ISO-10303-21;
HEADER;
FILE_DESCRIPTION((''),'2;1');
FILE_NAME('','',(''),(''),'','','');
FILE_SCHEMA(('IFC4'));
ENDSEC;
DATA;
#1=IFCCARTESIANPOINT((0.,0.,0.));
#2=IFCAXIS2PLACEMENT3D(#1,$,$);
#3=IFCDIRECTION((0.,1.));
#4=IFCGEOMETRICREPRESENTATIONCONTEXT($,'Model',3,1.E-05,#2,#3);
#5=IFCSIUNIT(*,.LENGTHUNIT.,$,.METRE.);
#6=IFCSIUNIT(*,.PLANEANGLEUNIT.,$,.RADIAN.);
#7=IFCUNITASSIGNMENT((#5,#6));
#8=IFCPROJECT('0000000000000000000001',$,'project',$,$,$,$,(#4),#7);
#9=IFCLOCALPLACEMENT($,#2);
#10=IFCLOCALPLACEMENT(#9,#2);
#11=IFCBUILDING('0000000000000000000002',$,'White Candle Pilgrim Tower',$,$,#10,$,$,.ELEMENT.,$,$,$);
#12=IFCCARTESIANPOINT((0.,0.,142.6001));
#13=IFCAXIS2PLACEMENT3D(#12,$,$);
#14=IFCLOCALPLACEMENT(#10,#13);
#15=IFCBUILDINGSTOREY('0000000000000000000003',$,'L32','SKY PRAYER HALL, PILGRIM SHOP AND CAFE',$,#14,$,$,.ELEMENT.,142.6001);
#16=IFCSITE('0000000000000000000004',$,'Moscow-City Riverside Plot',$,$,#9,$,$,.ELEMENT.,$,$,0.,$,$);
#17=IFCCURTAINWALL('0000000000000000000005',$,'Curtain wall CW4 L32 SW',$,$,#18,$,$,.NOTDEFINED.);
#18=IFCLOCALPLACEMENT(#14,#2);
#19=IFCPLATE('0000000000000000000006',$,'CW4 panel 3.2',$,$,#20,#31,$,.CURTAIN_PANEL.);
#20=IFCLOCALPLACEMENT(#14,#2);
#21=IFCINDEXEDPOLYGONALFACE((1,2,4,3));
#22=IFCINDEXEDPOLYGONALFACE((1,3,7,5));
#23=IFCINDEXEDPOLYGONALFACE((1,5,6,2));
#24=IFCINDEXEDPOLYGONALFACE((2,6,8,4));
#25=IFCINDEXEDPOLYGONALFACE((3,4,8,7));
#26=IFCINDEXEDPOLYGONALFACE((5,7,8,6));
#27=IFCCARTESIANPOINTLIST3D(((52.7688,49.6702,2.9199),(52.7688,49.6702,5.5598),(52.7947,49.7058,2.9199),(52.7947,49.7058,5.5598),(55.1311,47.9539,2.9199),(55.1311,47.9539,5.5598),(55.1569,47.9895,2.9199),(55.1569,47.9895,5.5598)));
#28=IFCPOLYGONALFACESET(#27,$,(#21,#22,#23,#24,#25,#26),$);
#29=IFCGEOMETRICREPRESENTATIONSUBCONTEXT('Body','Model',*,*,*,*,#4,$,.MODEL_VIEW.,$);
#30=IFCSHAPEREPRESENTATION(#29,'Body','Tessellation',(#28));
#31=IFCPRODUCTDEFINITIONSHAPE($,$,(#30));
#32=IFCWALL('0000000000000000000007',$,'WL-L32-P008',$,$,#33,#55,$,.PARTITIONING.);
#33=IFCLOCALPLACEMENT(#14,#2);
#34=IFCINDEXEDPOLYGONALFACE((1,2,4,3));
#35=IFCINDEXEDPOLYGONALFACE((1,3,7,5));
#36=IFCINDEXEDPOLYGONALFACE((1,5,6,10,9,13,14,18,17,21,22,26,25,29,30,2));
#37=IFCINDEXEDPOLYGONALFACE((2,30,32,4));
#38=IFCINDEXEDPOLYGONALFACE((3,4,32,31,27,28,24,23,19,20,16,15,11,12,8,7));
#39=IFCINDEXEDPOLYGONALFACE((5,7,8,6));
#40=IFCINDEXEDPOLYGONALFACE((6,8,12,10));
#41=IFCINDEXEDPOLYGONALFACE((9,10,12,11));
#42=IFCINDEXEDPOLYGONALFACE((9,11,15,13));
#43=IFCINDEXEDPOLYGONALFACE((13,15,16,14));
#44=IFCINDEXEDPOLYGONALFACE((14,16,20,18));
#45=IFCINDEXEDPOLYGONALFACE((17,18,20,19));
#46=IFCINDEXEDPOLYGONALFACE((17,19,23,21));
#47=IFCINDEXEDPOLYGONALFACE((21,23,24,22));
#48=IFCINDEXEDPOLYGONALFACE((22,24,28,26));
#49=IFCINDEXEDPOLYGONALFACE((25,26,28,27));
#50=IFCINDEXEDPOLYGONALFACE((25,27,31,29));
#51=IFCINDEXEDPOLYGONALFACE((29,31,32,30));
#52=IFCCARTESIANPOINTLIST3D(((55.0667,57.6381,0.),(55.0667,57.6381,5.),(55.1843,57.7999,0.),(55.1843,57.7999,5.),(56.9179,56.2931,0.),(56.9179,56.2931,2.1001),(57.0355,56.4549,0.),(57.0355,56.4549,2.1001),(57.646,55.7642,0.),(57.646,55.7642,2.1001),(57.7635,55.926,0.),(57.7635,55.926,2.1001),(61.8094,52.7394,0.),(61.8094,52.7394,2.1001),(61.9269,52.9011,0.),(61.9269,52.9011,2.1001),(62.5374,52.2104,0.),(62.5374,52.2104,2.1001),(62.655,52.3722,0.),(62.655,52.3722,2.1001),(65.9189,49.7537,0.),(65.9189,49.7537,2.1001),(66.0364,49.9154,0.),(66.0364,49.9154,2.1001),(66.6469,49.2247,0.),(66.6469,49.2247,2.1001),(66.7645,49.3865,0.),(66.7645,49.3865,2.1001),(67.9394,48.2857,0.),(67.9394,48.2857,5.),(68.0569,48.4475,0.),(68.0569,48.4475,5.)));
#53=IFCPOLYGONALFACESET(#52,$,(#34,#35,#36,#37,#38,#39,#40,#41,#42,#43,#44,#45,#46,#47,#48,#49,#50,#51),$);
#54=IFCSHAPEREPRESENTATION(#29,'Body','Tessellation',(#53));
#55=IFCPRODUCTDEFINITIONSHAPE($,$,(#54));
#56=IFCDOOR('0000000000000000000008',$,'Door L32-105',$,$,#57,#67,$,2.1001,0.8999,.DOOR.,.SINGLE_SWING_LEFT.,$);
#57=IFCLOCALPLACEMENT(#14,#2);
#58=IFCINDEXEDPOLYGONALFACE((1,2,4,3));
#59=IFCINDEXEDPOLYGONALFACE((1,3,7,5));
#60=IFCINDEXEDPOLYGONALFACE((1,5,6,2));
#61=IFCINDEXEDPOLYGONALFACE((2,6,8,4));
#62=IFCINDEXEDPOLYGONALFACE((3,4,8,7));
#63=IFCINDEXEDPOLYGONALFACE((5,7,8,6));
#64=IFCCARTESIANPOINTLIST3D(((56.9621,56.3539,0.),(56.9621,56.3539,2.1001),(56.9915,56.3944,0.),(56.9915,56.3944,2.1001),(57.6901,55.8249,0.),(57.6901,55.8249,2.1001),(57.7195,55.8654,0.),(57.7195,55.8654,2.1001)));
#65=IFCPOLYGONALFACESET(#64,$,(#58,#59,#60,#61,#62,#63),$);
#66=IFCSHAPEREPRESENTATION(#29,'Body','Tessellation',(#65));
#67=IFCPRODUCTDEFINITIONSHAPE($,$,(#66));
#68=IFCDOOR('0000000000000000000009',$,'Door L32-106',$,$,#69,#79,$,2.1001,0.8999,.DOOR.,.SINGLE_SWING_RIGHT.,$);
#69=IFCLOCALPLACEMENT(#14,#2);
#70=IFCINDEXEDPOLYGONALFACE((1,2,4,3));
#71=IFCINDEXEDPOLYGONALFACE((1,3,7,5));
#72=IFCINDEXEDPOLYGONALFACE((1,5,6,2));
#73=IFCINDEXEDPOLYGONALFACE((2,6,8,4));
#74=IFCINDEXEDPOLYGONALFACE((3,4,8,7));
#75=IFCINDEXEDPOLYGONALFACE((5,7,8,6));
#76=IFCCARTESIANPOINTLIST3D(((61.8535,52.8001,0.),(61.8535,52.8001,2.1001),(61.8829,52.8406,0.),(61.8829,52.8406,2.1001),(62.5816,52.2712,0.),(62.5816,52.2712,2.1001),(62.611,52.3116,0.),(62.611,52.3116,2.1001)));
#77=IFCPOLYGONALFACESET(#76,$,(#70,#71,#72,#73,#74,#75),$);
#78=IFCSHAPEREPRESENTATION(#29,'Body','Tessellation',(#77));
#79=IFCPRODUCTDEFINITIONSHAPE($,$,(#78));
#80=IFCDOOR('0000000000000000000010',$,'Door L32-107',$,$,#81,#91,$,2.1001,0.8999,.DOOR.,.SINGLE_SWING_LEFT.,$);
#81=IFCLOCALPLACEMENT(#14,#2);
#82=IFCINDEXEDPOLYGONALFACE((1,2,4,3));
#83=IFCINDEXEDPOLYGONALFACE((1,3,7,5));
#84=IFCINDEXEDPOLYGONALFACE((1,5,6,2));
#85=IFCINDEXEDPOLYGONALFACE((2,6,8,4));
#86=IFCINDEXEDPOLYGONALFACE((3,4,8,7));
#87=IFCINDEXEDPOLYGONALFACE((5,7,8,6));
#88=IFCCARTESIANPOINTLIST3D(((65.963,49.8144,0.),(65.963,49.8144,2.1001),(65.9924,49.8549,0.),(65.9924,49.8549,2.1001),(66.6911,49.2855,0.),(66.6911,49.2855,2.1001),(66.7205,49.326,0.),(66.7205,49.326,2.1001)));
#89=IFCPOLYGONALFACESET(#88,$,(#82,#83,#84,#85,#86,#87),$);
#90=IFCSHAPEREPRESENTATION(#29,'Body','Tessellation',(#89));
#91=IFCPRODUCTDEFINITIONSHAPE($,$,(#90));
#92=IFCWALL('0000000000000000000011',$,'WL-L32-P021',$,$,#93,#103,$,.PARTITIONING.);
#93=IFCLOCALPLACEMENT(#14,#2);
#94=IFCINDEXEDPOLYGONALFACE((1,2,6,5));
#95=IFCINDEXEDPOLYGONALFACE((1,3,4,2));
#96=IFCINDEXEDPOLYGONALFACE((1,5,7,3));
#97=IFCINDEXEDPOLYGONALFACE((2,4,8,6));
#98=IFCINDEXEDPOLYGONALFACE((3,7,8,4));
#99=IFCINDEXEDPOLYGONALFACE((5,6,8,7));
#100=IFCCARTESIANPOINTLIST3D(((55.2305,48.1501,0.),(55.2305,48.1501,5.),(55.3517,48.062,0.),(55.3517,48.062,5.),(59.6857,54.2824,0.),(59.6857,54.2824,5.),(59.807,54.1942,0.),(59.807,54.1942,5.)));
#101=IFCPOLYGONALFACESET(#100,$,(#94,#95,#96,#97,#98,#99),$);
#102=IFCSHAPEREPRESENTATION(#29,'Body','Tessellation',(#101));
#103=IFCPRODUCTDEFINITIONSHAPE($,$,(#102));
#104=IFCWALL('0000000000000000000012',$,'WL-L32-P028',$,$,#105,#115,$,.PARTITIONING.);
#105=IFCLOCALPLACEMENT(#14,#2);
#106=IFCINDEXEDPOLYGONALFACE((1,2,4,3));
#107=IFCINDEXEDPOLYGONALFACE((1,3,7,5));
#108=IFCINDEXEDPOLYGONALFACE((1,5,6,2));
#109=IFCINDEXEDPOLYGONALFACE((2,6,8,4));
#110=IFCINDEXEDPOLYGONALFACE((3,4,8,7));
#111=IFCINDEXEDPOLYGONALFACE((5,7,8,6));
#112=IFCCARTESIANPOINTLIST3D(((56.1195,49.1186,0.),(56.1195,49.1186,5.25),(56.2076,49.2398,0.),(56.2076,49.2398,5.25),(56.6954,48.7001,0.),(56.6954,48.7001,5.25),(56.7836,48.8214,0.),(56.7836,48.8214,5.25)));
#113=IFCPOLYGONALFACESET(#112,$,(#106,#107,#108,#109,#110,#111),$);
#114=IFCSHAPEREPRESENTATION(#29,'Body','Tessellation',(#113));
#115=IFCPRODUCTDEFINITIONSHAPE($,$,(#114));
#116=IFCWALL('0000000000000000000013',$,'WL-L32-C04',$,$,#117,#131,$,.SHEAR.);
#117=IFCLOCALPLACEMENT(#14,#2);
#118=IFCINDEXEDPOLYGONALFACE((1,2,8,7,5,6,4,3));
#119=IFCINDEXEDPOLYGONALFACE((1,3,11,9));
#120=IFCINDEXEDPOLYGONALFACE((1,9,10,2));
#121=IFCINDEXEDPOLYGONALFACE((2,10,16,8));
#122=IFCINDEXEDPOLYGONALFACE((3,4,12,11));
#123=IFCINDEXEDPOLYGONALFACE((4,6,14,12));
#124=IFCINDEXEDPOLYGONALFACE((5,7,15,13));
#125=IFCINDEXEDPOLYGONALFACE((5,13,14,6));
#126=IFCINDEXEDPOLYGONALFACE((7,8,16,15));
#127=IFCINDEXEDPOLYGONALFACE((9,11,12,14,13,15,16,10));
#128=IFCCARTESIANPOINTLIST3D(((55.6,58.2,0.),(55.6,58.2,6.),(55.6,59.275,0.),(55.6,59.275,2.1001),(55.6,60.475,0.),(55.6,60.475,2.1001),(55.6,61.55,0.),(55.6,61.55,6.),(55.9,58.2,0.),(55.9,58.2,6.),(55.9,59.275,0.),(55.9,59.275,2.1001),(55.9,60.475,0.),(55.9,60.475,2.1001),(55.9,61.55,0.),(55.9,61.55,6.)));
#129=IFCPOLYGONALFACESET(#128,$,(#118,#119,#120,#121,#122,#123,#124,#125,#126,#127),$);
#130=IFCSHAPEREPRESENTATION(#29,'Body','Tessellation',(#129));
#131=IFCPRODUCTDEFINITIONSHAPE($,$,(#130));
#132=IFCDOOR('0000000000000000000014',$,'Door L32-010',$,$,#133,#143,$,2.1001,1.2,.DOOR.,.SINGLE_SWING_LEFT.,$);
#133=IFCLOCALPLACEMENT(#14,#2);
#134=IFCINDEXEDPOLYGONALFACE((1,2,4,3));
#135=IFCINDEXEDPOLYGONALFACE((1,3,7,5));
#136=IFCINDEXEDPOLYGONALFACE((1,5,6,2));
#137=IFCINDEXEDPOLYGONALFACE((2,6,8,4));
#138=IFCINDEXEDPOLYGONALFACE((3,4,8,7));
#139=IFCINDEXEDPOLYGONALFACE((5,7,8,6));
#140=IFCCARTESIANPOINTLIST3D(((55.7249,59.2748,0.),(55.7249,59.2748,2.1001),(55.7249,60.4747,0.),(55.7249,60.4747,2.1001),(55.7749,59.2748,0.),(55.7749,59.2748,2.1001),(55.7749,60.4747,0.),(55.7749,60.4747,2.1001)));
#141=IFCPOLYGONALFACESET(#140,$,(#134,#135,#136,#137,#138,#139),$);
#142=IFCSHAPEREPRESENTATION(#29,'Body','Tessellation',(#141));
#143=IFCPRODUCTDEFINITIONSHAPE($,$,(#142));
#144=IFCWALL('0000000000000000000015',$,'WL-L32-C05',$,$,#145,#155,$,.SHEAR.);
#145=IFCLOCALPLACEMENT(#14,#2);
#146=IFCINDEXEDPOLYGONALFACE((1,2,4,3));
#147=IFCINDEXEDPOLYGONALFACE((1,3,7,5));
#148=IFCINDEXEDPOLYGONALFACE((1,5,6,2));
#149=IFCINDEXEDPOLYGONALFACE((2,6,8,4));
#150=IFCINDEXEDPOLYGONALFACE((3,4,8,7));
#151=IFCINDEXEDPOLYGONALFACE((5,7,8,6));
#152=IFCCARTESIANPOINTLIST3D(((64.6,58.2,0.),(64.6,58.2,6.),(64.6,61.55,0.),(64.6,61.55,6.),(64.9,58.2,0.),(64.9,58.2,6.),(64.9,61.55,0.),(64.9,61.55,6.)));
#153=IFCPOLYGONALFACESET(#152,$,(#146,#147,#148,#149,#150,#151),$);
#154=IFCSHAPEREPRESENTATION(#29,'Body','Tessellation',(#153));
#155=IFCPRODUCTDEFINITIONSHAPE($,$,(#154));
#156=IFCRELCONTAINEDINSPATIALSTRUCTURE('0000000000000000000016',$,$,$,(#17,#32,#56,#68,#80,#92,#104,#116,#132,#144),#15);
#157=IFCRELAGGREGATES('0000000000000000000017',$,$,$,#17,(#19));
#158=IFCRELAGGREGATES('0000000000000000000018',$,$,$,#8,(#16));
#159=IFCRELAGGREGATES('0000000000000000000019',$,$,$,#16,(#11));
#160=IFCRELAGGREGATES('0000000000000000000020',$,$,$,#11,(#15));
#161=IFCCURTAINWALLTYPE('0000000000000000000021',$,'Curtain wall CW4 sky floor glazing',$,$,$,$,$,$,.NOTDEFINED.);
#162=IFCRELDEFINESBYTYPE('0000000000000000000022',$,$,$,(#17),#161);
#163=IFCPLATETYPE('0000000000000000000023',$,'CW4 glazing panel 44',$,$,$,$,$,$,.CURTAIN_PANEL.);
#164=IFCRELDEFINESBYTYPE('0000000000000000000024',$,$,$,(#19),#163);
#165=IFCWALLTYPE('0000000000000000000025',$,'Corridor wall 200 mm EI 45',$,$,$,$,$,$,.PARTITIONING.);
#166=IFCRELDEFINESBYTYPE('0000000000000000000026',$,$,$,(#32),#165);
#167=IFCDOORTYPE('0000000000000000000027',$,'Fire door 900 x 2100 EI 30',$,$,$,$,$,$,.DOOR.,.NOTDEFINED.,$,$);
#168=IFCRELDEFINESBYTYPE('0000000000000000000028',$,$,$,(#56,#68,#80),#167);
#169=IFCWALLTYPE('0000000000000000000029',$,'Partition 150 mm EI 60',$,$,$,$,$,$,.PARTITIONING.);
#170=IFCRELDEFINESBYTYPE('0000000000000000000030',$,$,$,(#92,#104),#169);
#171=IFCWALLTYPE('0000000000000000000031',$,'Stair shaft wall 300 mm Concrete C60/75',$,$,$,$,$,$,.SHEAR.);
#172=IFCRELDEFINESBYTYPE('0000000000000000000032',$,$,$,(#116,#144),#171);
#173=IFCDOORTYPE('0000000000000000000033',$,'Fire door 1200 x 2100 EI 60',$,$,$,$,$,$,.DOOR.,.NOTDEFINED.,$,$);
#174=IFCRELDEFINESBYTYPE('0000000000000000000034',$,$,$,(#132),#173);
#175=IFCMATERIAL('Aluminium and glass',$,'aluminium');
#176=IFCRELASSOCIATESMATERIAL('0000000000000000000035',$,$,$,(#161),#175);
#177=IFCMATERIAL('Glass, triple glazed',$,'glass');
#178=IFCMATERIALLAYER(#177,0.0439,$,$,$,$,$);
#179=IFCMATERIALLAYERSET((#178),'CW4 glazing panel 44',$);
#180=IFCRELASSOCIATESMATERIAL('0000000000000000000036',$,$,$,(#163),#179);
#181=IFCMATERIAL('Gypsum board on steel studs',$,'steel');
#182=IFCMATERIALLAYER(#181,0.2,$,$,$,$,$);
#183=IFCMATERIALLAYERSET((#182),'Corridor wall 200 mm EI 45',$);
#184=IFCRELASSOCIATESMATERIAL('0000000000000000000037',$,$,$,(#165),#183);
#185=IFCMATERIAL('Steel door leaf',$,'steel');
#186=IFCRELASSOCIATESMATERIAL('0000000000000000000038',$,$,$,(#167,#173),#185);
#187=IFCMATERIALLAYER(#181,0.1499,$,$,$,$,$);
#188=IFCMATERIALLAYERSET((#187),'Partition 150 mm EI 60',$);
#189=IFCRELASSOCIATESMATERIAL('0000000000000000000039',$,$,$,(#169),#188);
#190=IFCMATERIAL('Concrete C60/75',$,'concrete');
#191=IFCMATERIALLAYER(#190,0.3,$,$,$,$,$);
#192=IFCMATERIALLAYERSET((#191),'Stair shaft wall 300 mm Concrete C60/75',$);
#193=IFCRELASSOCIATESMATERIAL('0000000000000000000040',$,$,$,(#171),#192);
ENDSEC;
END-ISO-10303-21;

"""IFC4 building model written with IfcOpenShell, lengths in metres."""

from ifc_helpers import new_model, si_unit, direction, frame, frame_2d, origin, origin_2d, place, context, subcontext, project, spatial, rectangle, extrude, material, layer, layer_set, type_object, element, fill, aggregate, save


model = new_model("IFC4")

# Units and contexts
model_context = context("Model", 3, precision=1e-05, world=origin(), true_north=direction((0.0, 1.0)))
body_context = subcontext(model_context, "Body", "Model", "MODEL_VIEW")
ifc_project = project(units=[si_unit("LENGTHUNIT", "METRE"), si_unit("PLANEANGLEUNIT", "RADIAN")], contexts=[model_context])

# Site, building, storey
site_placement = place(None, origin())
site = spatial("IfcSite", under=ifc_project, at=site_placement, Name="Moscow-City Riverside Plot", CompositionType="ELEMENT", RefElevation=0.0)
building_placement = place(site_placement, origin())
building = spatial("IfcBuilding", under=site, at=building_placement, Name="White Candle Pilgrim Tower", CompositionType="ELEMENT")
storey_placement = place(building_placement, frame((0.0, 0.0, 142.6001)))
storey = spatial("IfcBuildingStorey", under=building, at=storey_placement, Name="L32", Description="SKY PRAYER HALL, PILGRIM SHOP AND CAFE", CompositionType="ELEMENT", Elevation=142.6001)

# Curtain wall
ifc_material_1 = material(Name="Aluminium and glass", Category="aluminium")
curtain_wall_type = type_object("IfcCurtainWallType", Name="Curtain wall CW4 sky floor glazing", PredefinedType="NOTDEFINED", material=ifc_material_1)
curtain_wall_placement = place(storey_placement, origin())
curtain_wall = element("IfcCurtainWall", 1, at=curtain_wall_placement, inside=storey, type_object=curtain_wall_type, Name="Curtain wall CW4 L32 SW", PredefinedType="NOTDEFINED")

# Plate
ifc_material_2 = material(Name="Glass, triple glazed", Category="glass")
ifc_layer_1 = layer(ifc_material_2, 0.0439)
ifc_layer_set_1 = layer_set([ifc_layer_1], Name="CW4 glazing panel 44")
plate_type = type_object("IfcPlateType", Name="CW4 glazing panel 44", PredefinedType="CURTAIN_PANEL", material=ifc_layer_set_1)
plate_placement = place(storey_placement, frame((53.9629, 48.8298, 2.9199), z_axis=(0.0, 0.0, 1.0), x_axis=(0.809017, -0.587785, 0.0)))
plate = element("IfcPlate", 2, at=plate_placement, type_object=plate_type, Name="CW4 panel 3.2", PredefinedType="CURTAIN_PANEL", context=body_context, shape_type="SweptSolid", body=[
    extrude(rectangle(XDim=2.9199, YDim=0.0439, at=origin_2d()), origin(), (0.0, 0.0, 1.0), 2.6399),
])
aggregate(curtain_wall, [plate])

# Wall, openings, doors
ifc_material_3 = material(Name="Gypsum board on steel studs", Category="steel")
ifc_layer_2 = layer(ifc_material_3, 0.2)
ifc_layer_set_2 = layer_set([ifc_layer_2], Name="Corridor wall 200 mm EI 45")
wall_type_1 = type_object("IfcWallType", Name="Corridor wall 200 mm EI 45", PredefinedType="PARTITIONING", material=ifc_layer_set_2)
wall_1_placement = place(storey_placement, frame((67.998, 48.3667, 0.0), z_axis=(0.0, 0.0, 1.0), x_axis=(-0.809022, 0.587778, 0.0)))
wall_1 = element("IfcWall", 3, at=wall_1_placement, inside=storey, type_object=wall_type_1, Name="WL-L32-P008", PredefinedType="PARTITIONING", context=body_context, shape_type="SweptSolid", body=[
    extrude(rectangle(XDim=15.9114, YDim=0.2, at=frame_2d((7.9556, 0.0))), origin(), (0.0, 0.0, 1.0), 5.0),
])
opening_1_placement = place(wall_1_placement, frame((12.7231, 0.0, 0.0)))
opening_1 = element("IfcOpeningElement", 4, at=opening_1_placement, cuts=wall_1, PredefinedType="OPENING", context=body_context, shape_type="SweptSolid", body=[
    extrude(rectangle(XDim=0.8999, YDim=2.1001, at=frame_2d((0.45, 1.05))), frame((0.0, 0.1099, 0.0), z_axis=(0.0, -1.0, 0.0), x_axis=(1.0, 0.0, 0.0)), (0.0, 0.0, 1.0), 0.22),
])
opening_2_placement = place(wall_1_placement, frame((6.677, 0.0, 0.0)))
opening_2 = element("IfcOpeningElement", 5, at=opening_2_placement, cuts=wall_1, PredefinedType="OPENING", context=body_context, shape_type="SweptSolid", body=[
    extrude(rectangle(XDim=0.8999, YDim=2.1001, at=frame_2d((0.45, 1.05))), frame((0.0, 0.1099, 0.0), z_axis=(0.0, -1.0, 0.0), x_axis=(1.0, 0.0, 0.0)), (0.0, 0.0, 1.0), 0.22),
])
opening_3_placement = place(wall_1_placement, frame((1.5974, 0.0, 0.0)))
opening_3 = element("IfcOpeningElement", 6, at=opening_3_placement, cuts=wall_1, PredefinedType="OPENING", context=body_context, shape_type="SweptSolid", body=[
    extrude(rectangle(XDim=0.8999, YDim=2.1001, at=frame_2d((0.45, 1.05))), frame((0.0, 0.1099, 0.0), z_axis=(0.0, -1.0, 0.0), x_axis=(1.0, 0.0, 0.0)), (0.0, 0.0, 1.0), 0.22),
])
ifc_material_4 = material(Name="Steel door leaf", Category="steel")
door_type_1 = type_object("IfcDoorType", Name="Fire door 900 x 2100 EI 30", OperationType="NOTDEFINED", PredefinedType="DOOR", material=ifc_material_4)
door_1_placement = place(opening_1_placement, origin())
door_1 = element("IfcDoor", 7, at=door_1_placement, inside=storey, type_object=door_type_1, Name="Door L32-105", OperationType="SINGLE_SWING_LEFT", OverallHeight=2.1001, OverallWidth=0.8999, PredefinedType="DOOR", context=body_context, shape_type="SweptSolid", body=[
    extrude(rectangle(XDim=0.8999, YDim=2.1001, at=frame_2d((0.45, 1.05))), frame((0.0, 0.0249, 0.0), z_axis=(0.0, -1.0, 0.0), x_axis=(1.0, 0.0, 0.0)), (0.0, 0.0, 1.0), 0.05),
])
fill(opening_1, door_1)
door_2_placement = place(opening_2_placement, origin())
door_2 = element("IfcDoor", 8, at=door_2_placement, inside=storey, type_object=door_type_1, Name="Door L32-106", OperationType="SINGLE_SWING_RIGHT", OverallHeight=2.1001, OverallWidth=0.8999, PredefinedType="DOOR", context=body_context, shape_type="SweptSolid", body=[
    extrude(rectangle(XDim=0.8999, YDim=2.1001, at=frame_2d((0.45, 1.05))), frame((0.0, 0.0249, 0.0), z_axis=(0.0, -1.0, 0.0), x_axis=(1.0, 0.0, 0.0)), (0.0, 0.0, 1.0), 0.05),
])
fill(opening_2, door_2)
door_3_placement = place(opening_3_placement, origin())
door_3 = element("IfcDoor", 9, at=door_3_placement, inside=storey, type_object=door_type_1, Name="Door L32-107", OperationType="SINGLE_SWING_LEFT", OverallHeight=2.1001, OverallWidth=0.8999, PredefinedType="DOOR", context=body_context, shape_type="SweptSolid", body=[
    extrude(rectangle(XDim=0.8999, YDim=2.1001, at=frame_2d((0.45, 1.05))), frame((0.0, 0.0249, 0.0), z_axis=(0.0, -1.0, 0.0), x_axis=(1.0, 0.0, 0.0)), (0.0, 0.0, 1.0), 0.05),
])
fill(opening_3, door_3)

# Walls
ifc_layer_3 = layer(ifc_material_3, 0.1499)
ifc_layer_set_3 = layer_set([ifc_layer_3], Name="Partition 150 mm EI 60")
wall_type_2 = type_object("IfcWallType", Name="Partition 150 mm EI 60", PredefinedType="PARTITIONING", material=ifc_layer_set_3)
wall_2_placement = place(storey_placement, frame((55.291, 48.106, 0.0), z_axis=(0.0, 0.0, 1.0), x_axis=(0.587779, 0.809022, 0.0)))
element("IfcWall", 10, at=wall_2_placement, inside=storey, type_object=wall_type_2, Name="WL-L32-P021", PredefinedType="PARTITIONING", context=body_context, shape_type="SweptSolid", body=[
    extrude(rectangle(XDim=7.5798, YDim=0.1499, at=frame_2d((3.79, 0.0))), origin(), (0.0, 0.0, 1.0), 5.0),
])
wall_3_placement = place(storey_placement, frame((56.7395, 48.7607, 0.0), z_axis=(0.0, 0.0, 1.0), x_axis=(-0.809003, 0.587805, 0.0)))
element("IfcWall", 11, at=wall_3_placement, inside=storey, type_object=wall_type_2, Name="WL-L32-P028", PredefinedType="PARTITIONING", context=body_context, shape_type="SweptSolid", body=[
    extrude(rectangle(XDim=0.7119, YDim=0.1499, at=frame_2d((0.356, 0.0))), origin(), (0.0, 0.0, 1.0), 5.25),
])

# Wall, opening, door
ifc_material_5 = material(Name="Concrete C60/75", Category="concrete")
ifc_layer_4 = layer(ifc_material_5, 0.3)
ifc_layer_set_4 = layer_set([ifc_layer_4], Name="Stair shaft wall 300 mm Concrete C60/75")
wall_type_3 = type_object("IfcWallType", Name="Stair shaft wall 300 mm Concrete C60/75", PredefinedType="SHEAR", material=ifc_layer_set_4)
wall_4_placement = place(storey_placement, frame((55.75, 58.2, 0.0), z_axis=(0.0, 0.0, 1.0), x_axis=(0.0, 1.0, 0.0)))
wall_4 = element("IfcWall", 12, at=wall_4_placement, inside=storey, type_object=wall_type_3, Name="WL-L32-C04", PredefinedType="SHEAR", context=body_context, shape_type="SweptSolid", body=[
    extrude(rectangle(XDim=3.3501, YDim=0.3, at=frame_2d((1.675, 0.0))), origin(), (0.0, 0.0, 1.0), 6.0),
])
opening_4_placement = place(wall_4_placement, frame((1.075, 0.0, 0.0)))
opening_4 = element("IfcOpeningElement", 13, at=opening_4_placement, cuts=wall_4, PredefinedType="OPENING", context=body_context, shape_type="SweptSolid", body=[
    extrude(rectangle(XDim=1.2, YDim=2.1001, at=frame_2d((0.6001, 1.05))), frame((0.0, 0.1599, 0.0), z_axis=(0.0, -1.0, 0.0), x_axis=(1.0, 0.0, 0.0)), (0.0, 0.0, 1.0), 0.3201),
])
door_type_2 = type_object("IfcDoorType", Name="Fire door 1200 x 2100 EI 60", OperationType="NOTDEFINED", PredefinedType="DOOR", material=ifc_material_4)
door_4_placement = place(opening_4_placement, frame((1.2, 0.0, 0.0), z_axis=(0.0, 0.0, 1.0), x_axis=(-1.0, 0.0, 0.0)))
door_4 = element("IfcDoor", 14, at=door_4_placement, inside=storey, type_object=door_type_2, Name="Door L32-010", OperationType="SINGLE_SWING_LEFT", OverallHeight=2.1001, OverallWidth=1.2, PredefinedType="DOOR", context=body_context, shape_type="SweptSolid", body=[
    extrude(rectangle(XDim=1.2, YDim=2.1001, at=frame_2d((0.6001, 1.05))), frame((0.0, 0.0249, 0.0), z_axis=(0.0, -1.0, 0.0), x_axis=(1.0, 0.0, 0.0)), (0.0, 0.0, 1.0), 0.05),
])
fill(opening_4, door_4)

# Wall
wall_5_placement = place(storey_placement, frame((64.75, 58.2, 0.0), z_axis=(0.0, 0.0, 1.0), x_axis=(0.0, 1.0, 0.0)))
element("IfcWall", 15, at=wall_5_placement, inside=storey, type_object=wall_type_3, Name="WL-L32-C05", PredefinedType="SHEAR", context=body_context, shape_type="SweptSolid", body=[
    extrude(rectangle(XDim=3.3501, YDim=0.3, at=frame_2d((1.675, 0.0))), origin(), (0.0, 0.0, 1.0), 6.0),
])

save(model, "model.ifc")
